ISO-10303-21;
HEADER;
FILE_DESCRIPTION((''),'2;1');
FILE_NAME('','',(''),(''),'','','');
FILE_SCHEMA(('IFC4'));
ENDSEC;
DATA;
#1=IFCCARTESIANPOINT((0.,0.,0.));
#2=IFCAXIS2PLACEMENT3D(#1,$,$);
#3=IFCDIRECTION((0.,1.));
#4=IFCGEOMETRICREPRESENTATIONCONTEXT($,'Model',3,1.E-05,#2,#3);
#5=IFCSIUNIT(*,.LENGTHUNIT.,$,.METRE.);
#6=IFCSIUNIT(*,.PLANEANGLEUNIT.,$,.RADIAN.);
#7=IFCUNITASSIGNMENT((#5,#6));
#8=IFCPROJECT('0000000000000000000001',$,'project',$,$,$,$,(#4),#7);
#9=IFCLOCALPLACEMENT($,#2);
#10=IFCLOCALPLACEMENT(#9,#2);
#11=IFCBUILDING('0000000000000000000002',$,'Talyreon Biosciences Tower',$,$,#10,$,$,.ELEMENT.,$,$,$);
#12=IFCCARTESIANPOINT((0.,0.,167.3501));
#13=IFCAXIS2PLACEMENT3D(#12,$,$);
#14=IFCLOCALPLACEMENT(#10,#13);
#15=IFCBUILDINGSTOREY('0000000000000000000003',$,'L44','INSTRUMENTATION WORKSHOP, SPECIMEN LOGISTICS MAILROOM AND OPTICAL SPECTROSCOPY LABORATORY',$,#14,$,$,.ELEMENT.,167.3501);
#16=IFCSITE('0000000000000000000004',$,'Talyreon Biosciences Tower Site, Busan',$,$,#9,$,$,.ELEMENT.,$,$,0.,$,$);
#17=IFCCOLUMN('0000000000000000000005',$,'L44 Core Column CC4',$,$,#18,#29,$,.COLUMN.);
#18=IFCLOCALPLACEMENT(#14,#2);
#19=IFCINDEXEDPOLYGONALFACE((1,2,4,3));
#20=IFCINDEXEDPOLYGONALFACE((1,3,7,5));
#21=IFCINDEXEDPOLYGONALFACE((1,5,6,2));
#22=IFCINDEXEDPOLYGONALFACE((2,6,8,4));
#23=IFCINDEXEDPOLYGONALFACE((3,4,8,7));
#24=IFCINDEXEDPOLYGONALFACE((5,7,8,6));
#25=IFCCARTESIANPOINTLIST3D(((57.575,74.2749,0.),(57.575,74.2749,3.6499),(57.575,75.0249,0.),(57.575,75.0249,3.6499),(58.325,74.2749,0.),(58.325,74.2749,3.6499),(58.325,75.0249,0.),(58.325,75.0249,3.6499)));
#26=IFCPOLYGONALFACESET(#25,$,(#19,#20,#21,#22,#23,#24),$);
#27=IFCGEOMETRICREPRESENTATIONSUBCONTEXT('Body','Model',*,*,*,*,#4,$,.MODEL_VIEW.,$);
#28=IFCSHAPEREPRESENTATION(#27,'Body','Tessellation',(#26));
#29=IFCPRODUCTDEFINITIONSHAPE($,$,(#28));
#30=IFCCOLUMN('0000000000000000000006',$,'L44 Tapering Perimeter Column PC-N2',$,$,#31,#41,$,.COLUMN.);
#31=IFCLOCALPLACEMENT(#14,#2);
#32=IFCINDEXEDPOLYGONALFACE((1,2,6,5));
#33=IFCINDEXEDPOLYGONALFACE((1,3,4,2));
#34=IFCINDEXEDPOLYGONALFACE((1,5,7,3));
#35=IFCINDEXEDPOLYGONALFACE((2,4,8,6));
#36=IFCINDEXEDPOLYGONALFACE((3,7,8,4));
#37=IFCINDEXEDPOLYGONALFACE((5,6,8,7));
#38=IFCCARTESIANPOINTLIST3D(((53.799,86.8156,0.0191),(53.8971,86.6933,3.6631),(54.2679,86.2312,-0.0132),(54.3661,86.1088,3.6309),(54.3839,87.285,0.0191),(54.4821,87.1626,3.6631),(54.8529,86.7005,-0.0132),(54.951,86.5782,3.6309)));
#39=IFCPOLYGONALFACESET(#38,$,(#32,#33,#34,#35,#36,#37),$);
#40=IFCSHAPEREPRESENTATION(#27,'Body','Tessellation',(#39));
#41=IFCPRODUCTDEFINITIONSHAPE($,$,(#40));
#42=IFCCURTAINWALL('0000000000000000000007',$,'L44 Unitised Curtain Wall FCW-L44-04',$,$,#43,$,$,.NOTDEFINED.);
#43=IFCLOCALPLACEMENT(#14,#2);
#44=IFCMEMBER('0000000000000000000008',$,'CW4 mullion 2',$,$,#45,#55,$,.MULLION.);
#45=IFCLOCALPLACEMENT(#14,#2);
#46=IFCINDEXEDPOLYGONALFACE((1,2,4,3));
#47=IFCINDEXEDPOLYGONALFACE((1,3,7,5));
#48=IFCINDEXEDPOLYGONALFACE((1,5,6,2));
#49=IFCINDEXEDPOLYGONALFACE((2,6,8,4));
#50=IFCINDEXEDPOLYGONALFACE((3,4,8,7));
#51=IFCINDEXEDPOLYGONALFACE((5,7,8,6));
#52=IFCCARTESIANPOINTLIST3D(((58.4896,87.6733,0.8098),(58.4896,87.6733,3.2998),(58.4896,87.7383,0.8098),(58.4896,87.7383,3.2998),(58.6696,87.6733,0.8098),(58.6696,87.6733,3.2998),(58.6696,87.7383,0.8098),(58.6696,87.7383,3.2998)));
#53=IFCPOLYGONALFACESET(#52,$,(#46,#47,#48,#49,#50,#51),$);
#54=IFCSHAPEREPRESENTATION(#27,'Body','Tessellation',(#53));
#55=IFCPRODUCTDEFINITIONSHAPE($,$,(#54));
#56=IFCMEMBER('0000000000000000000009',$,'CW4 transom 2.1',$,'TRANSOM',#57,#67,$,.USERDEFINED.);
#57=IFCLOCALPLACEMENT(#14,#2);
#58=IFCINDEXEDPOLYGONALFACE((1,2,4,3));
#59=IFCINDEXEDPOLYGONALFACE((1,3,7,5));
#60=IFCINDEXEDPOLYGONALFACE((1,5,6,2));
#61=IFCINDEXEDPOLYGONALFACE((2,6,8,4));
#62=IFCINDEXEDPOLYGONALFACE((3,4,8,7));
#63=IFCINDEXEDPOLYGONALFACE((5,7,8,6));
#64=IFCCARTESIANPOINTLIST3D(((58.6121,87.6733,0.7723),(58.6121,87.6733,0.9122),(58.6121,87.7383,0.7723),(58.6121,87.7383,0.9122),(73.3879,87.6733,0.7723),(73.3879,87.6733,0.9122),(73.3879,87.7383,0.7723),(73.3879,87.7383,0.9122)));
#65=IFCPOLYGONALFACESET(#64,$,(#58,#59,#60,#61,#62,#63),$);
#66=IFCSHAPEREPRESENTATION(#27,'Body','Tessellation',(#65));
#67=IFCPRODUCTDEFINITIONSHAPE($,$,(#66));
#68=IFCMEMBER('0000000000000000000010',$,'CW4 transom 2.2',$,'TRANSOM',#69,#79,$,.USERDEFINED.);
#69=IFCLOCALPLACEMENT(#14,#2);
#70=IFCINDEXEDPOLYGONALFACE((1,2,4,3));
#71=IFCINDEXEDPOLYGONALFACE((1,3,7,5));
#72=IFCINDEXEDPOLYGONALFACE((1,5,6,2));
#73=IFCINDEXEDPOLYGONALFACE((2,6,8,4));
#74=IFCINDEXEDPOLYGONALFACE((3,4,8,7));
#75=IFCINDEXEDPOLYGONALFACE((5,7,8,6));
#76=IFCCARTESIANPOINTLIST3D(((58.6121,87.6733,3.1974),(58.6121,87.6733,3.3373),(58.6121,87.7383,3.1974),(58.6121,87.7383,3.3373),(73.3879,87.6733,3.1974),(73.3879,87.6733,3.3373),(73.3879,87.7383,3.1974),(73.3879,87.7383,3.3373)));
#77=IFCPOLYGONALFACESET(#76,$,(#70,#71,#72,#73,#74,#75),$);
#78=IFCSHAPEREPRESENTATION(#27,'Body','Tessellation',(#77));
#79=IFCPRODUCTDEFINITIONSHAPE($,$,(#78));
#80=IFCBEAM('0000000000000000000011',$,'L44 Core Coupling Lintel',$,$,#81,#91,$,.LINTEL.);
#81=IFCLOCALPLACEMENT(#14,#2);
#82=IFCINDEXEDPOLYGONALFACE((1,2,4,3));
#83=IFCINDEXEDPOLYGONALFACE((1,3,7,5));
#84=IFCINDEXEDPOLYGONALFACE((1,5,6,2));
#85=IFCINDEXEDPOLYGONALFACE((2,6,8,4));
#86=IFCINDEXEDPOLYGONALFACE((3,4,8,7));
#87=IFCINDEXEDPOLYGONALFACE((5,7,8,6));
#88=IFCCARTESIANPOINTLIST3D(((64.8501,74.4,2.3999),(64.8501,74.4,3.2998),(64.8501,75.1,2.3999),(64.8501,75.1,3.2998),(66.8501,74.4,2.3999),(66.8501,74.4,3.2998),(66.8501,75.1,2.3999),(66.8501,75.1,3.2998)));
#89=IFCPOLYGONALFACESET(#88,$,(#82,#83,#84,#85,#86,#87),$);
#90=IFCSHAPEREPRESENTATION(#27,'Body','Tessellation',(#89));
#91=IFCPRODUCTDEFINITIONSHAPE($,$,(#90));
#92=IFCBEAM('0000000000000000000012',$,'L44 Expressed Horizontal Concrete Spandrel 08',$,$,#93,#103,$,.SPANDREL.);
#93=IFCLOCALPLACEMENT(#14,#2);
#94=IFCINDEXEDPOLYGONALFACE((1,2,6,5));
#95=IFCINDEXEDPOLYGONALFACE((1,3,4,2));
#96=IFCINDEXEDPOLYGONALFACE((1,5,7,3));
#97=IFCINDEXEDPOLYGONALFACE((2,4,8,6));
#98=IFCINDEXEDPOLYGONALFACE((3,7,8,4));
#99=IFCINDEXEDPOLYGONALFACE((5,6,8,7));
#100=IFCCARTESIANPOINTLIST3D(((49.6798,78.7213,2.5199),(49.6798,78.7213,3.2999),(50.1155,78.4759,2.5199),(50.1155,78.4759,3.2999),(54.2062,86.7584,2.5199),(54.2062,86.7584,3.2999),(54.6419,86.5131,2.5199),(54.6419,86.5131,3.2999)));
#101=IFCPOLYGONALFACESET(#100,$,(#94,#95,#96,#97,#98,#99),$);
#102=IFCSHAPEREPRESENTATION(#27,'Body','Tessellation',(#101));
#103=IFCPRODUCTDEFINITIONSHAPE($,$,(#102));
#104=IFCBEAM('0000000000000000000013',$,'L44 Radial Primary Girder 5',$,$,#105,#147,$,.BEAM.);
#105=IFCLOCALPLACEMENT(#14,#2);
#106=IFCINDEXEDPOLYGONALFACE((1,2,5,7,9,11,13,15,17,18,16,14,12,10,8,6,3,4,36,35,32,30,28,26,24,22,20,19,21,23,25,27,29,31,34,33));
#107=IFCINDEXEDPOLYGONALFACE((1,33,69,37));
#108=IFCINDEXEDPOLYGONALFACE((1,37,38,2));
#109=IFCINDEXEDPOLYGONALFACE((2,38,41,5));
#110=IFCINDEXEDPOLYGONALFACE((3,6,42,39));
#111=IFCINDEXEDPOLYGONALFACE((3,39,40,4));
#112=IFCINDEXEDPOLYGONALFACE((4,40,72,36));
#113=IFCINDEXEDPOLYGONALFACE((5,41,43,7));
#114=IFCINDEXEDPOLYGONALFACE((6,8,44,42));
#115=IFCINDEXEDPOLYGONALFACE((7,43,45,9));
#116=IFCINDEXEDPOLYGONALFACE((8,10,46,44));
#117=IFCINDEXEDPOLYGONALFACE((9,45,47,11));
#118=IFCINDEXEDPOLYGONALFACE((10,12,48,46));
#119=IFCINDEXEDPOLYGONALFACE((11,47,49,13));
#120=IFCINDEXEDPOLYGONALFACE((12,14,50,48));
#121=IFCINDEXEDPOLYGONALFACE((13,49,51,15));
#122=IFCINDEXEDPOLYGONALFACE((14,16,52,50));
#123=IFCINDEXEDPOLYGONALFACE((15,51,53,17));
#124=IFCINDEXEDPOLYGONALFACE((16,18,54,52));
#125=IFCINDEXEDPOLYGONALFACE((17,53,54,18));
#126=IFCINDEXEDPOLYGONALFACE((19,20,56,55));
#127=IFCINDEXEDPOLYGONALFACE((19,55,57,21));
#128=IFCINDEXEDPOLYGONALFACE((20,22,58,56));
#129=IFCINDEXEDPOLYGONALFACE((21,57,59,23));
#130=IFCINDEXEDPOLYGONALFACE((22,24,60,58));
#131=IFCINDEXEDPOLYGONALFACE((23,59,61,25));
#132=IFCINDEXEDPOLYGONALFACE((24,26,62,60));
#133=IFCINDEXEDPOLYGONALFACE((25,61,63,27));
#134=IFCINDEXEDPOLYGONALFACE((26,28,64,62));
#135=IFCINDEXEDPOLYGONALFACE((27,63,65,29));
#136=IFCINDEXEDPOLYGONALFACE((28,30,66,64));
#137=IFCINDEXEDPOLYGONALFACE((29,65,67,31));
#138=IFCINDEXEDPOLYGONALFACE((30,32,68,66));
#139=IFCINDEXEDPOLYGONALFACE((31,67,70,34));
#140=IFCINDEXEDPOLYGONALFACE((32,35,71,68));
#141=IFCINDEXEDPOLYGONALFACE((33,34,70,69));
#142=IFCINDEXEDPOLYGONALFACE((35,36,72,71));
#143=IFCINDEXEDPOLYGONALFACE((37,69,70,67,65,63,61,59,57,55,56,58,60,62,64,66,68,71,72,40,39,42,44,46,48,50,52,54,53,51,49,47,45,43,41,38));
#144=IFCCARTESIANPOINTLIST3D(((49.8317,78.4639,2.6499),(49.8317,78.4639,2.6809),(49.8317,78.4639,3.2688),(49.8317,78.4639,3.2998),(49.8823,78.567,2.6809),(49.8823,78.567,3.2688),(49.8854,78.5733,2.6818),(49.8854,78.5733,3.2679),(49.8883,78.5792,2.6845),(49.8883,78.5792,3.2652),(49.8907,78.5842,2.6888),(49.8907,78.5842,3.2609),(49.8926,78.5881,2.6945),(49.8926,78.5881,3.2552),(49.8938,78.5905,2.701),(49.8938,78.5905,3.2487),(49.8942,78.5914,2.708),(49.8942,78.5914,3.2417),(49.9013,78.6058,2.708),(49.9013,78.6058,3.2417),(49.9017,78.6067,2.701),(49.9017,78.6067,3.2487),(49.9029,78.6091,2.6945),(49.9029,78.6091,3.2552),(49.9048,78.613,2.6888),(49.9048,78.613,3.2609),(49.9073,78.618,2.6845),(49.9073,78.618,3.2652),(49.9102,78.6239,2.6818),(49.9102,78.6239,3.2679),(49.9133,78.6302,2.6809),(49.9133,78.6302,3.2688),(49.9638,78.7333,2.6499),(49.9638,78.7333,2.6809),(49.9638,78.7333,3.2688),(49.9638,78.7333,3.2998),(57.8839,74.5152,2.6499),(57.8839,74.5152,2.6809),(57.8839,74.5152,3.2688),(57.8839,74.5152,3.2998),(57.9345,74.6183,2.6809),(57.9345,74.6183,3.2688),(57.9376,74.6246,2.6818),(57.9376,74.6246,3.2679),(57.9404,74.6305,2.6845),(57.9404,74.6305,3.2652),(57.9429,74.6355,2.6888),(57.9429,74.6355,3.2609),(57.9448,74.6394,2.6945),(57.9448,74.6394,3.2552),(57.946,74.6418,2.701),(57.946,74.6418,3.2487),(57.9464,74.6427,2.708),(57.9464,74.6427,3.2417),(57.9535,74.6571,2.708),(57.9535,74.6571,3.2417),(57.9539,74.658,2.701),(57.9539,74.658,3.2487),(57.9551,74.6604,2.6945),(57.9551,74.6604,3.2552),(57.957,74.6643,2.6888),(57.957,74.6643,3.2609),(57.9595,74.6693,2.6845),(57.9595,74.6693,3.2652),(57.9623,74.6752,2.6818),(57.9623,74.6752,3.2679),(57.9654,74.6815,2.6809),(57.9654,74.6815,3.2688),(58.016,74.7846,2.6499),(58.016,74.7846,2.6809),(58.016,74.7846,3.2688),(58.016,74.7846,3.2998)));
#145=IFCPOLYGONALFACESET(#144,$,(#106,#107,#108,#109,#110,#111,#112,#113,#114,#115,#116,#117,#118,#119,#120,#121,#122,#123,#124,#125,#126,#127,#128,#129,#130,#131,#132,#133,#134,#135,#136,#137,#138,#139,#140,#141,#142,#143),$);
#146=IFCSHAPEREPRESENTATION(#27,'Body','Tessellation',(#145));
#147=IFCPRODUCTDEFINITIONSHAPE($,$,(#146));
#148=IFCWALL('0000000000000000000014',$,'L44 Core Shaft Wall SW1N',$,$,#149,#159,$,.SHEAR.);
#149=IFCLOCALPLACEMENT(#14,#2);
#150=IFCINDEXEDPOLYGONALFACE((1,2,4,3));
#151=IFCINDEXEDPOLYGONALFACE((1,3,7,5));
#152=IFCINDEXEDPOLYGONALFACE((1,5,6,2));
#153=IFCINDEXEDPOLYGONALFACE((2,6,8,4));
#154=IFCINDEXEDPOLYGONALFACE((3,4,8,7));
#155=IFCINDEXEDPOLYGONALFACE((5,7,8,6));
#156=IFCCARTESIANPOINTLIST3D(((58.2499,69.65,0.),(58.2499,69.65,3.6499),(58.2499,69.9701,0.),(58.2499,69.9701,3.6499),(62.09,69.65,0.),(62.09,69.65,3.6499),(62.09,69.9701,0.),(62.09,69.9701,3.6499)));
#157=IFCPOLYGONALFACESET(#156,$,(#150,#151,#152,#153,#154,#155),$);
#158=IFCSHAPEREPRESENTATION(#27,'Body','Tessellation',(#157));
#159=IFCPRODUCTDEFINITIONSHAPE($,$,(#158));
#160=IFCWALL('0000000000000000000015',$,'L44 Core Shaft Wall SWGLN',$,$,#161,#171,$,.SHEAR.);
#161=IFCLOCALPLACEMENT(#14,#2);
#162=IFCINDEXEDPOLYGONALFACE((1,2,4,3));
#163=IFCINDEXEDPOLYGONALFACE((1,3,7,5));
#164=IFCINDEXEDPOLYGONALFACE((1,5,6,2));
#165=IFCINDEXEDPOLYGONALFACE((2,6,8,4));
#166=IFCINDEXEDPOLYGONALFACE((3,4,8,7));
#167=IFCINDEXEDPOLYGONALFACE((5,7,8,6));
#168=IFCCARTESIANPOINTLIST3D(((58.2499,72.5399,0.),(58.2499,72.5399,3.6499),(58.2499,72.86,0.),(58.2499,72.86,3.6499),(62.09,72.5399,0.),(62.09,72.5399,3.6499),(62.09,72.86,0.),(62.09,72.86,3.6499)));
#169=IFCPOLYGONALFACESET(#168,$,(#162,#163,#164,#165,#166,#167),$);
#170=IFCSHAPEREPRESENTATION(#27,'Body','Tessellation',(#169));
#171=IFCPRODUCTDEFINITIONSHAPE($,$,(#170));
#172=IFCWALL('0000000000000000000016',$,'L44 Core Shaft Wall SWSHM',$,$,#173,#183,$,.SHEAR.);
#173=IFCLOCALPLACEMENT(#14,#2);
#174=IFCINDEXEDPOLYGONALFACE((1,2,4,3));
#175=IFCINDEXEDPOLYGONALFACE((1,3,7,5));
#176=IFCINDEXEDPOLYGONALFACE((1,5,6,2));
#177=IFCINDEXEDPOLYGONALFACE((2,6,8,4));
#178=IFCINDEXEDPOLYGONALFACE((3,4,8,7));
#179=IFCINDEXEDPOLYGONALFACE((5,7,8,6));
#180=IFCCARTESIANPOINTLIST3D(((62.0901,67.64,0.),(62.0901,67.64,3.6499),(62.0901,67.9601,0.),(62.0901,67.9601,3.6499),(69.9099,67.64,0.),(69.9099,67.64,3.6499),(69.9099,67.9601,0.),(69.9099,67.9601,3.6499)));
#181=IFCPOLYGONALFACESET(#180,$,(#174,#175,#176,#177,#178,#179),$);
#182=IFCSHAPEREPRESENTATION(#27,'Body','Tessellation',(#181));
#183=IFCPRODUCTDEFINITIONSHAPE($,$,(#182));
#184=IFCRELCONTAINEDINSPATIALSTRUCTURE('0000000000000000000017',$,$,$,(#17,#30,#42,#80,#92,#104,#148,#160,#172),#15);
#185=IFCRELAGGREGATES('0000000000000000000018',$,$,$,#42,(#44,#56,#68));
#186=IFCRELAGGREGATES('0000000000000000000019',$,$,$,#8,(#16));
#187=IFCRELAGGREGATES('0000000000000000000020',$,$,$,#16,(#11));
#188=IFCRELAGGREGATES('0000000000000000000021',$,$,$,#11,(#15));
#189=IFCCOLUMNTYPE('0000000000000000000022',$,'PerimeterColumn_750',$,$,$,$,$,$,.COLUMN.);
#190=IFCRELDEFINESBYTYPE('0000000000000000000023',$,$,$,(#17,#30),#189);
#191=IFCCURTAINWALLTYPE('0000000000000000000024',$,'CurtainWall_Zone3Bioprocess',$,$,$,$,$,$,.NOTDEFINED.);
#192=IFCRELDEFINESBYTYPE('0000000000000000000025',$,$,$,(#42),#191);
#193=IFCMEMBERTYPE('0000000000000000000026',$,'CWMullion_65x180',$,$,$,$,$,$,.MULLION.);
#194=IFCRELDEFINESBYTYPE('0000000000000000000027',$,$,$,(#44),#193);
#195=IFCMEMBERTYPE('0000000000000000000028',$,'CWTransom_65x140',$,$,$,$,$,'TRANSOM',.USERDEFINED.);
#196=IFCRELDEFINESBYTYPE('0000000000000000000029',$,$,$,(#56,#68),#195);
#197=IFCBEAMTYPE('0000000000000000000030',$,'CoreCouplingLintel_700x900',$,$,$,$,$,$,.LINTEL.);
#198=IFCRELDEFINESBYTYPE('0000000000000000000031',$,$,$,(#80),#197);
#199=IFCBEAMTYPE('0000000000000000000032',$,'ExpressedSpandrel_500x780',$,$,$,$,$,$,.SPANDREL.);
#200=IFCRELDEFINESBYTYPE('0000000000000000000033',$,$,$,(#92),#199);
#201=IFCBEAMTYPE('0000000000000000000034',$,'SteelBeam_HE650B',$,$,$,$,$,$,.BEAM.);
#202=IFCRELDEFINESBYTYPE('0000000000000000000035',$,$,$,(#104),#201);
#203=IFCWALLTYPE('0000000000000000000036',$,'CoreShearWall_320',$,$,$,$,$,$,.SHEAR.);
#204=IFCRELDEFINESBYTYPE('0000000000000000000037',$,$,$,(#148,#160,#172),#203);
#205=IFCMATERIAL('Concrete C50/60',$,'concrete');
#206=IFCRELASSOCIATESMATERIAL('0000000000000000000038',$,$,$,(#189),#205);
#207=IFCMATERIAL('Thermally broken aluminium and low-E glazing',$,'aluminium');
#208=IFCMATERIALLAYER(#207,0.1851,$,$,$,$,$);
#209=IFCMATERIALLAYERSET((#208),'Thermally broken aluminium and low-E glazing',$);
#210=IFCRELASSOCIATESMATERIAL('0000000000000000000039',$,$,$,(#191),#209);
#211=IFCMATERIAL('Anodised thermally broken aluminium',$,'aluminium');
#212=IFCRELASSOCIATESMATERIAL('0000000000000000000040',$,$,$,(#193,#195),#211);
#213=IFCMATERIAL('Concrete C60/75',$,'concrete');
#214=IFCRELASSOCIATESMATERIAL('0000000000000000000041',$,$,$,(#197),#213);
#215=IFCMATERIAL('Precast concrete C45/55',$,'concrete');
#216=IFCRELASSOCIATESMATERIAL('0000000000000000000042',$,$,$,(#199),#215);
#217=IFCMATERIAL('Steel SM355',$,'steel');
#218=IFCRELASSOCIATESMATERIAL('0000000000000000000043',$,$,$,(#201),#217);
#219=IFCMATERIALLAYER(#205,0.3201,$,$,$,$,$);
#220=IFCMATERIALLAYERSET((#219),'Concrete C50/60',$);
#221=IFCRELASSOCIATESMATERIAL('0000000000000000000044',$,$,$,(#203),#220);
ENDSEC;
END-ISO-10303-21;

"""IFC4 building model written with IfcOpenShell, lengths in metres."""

from ifc_helpers import new_model, si_unit, direction, frame, frame_2d, origin, origin_2d, place, context, subcontext, project, spatial, rectangle, i_section, extrude, material, layer, layer_set, material_profile, profile_set, type_object, element, aggregate, save


model = new_model("IFC4")

# Units and contexts
model_context = context("Model", 3, precision=1e-05, world=origin(), true_north=direction((0.0, 1.0)))
body_context = subcontext(model_context, "Body", "Model", "MODEL_VIEW")
ifc_project = project(units=[si_unit("LENGTHUNIT", "METRE"), si_unit("PLANEANGLEUNIT", "RADIAN")], contexts=[model_context])

# Site, building, storey
site_placement = place(None, origin())
site = spatial("IfcSite", under=ifc_project, at=site_placement, Name="Talyreon Biosciences Tower Site, Busan", CompositionType="ELEMENT", RefElevation=0.0)
building_placement = place(site_placement, origin())
building = spatial("IfcBuilding", under=site, at=building_placement, Name="Talyreon Biosciences Tower", CompositionType="ELEMENT")
storey_placement = place(building_placement, frame((0.0, 0.0, 167.3501)))
storey = spatial("IfcBuildingStorey", under=building, at=storey_placement, Name="L44", Description="INSTRUMENTATION WORKSHOP, SPECIMEN LOGISTICS MAILROOM AND OPTICAL SPECTROSCOPY LABORATORY", CompositionType="ELEMENT", Elevation=167.3501)

# Columns
ifc_material_1 = material(Name="Concrete C50/60", Category="concrete")
ifc_material_profile_1 = material_profile(ifc_material_1, rectangle(XDim=0.75, YDim=0.75, at=origin_2d()), Name="RC 750x750")
ifc_profile_set_1 = profile_set([ifc_material_profile_1], Name="Concrete C50/60")
column_type = type_object("IfcColumnType", Name="PerimeterColumn_750", PredefinedType="COLUMN", material=ifc_profile_set_1)
column_1_placement = place(storey_placement, frame((57.95, 74.6499, 0.0), z_axis=(0.0, 0.0, 1.0), x_axis=(1.0, 0.0, 0.0)))
element("IfcColumn", 1, at=column_1_placement, inside=storey, type_object=column_type, Name="L44 Core Column CC4", PredefinedType="COLUMN", context=body_context, shape_type="SweptSolid", body=[
    extrude(rectangle(XDim=0.75, YDim=0.75, at=origin_2d()), origin(), (0.0, 0.0, 1.0), 3.6499),
])
column_2_placement = place(storey_placement, frame((54.3259, 86.7581, 0.0029), z_axis=(0.026908, -0.033535, 0.999075), x_axis=(-0.779957, -0.625834, 0.0)))
element("IfcColumn", 2, at=column_2_placement, inside=storey, type_object=column_type, Name="L44 Tapering Perimeter Column PC-N2", PredefinedType="COLUMN", context=body_context, shape_type="SweptSolid", body=[
    extrude(rectangle(XDim=0.75, YDim=0.75, at=origin_2d()), origin(), (0.0, 0.0, 1.0), 3.6475),
])

# Curtain wall, members
ifc_material_2 = material(Name="Thermally broken aluminium and low-E glazing", Category="aluminium")
ifc_layer_1 = layer(ifc_material_2, 0.1851)
ifc_layer_set_1 = layer_set([ifc_layer_1], Name="Thermally broken aluminium and low-E glazing")
curtain_wall_type = type_object("IfcCurtainWallType", Name="CurtainWall_Zone3Bioprocess", PredefinedType="NOTDEFINED", material=ifc_layer_set_1)
curtain_wall_placement = place(storey_placement, origin())
curtain_wall = element("IfcCurtainWall", 3, at=curtain_wall_placement, inside=storey, type_object=curtain_wall_type, Name="L44 Unitised Curtain Wall FCW-L44-04", PredefinedType="NOTDEFINED")
ifc_material_3 = material(Name="Anodised thermally broken aluminium", Category="aluminium")
ifc_material_profile_2 = material_profile(ifc_material_3, rectangle(XDim=0.0649, YDim=0.1799, at=origin_2d()), Name="ALUM MULLION 65x180")
ifc_profile_set_2 = profile_set([ifc_material_profile_2], Name="Anodised thermally broken aluminium")
member_type_1 = type_object("IfcMemberType", Name="CWMullion_65x180", PredefinedType="MULLION", material=ifc_profile_set_2)
member_1_placement = place(storey_placement, frame((58.5796, 87.7058, 0.8098), z_axis=(0.0, 0.0, 1.0), x_axis=(0.0, 1.0, 0.0)))
member_1 = element("IfcMember", 4, at=member_1_placement, type_object=member_type_1, Name="CW4 mullion 2", PredefinedType="MULLION", context=body_context, shape_type="SweptSolid", body=[
    extrude(rectangle(XDim=0.0649, YDim=0.1799, at=origin_2d()), origin(), (0.0, 0.0, 1.0), 2.49),
])
ifc_material_profile_3 = material_profile(ifc_material_3, rectangle(XDim=0.0649, YDim=0.1399, at=origin_2d()), Name="ALUM TRANSOM 65x140")
ifc_profile_set_3 = profile_set([ifc_material_profile_3], Name="Anodised thermally broken aluminium")
member_type_2 = type_object("IfcMemberType", Name="CWTransom_65x140", ElementType="TRANSOM", PredefinedType="USERDEFINED", material=ifc_profile_set_3)
member_2_placement = place(storey_placement, frame((58.6121, 87.7058, 0.8423), z_axis=(1.0, 0.0, 0.0), x_axis=(0.0, 1.0, 0.0)))
member_2 = element("IfcMember", 5, at=member_2_placement, type_object=member_type_2, Name="CW4 transom 2.1", ObjectType="TRANSOM", PredefinedType="USERDEFINED", context=body_context, shape_type="SweptSolid", body=[
    extrude(rectangle(XDim=0.0649, YDim=0.1399, at=origin_2d()), origin(), (0.0, 0.0, 1.0), 14.7759),
])
member_3_placement = place(storey_placement, frame((58.6121, 87.7058, 3.2673), z_axis=(1.0, 0.0, 0.0), x_axis=(0.0, 1.0, 0.0)))
member_3 = element("IfcMember", 6, at=member_3_placement, type_object=member_type_2, Name="CW4 transom 2.2", ObjectType="TRANSOM", PredefinedType="USERDEFINED", context=body_context, shape_type="SweptSolid", body=[
    extrude(rectangle(XDim=0.0649, YDim=0.1399, at=origin_2d()), origin(), (0.0, 0.0, 1.0), 14.7759),
])
aggregate(curtain_wall, [member_1, member_2, member_3])

# Beams
ifc_material_4 = material(Name="Concrete C60/75", Category="concrete")
ifc_material_profile_4 = material_profile(ifc_material_4, rectangle(XDim=0.7, YDim=0.8999, at=origin_2d()), Name="RCB 700x900")
ifc_profile_set_4 = profile_set([ifc_material_profile_4], Name="Concrete C60/75")
beam_type_1 = type_object("IfcBeamType", Name="CoreCouplingLintel_700x900", PredefinedType="LINTEL", material=ifc_profile_set_4)
beam_1_placement = place(storey_placement, frame((64.8501, 74.75, 2.8499), z_axis=(1.0, 0.0, 0.0), x_axis=(0.0, 1.0, 0.0)))
element("IfcBeam", 7, at=beam_1_placement, inside=storey, type_object=beam_type_1, Name="L44 Core Coupling Lintel", PredefinedType="LINTEL", context=body_context, shape_type="SweptSolid", body=[
    extrude(rectangle(XDim=0.7, YDim=0.8999, at=origin_2d()), origin(), (0.0, 0.0, 1.0), 2.0),
])
ifc_material_5 = material(Name="Precast concrete C45/55", Category="concrete")
ifc_material_profile_5 = material_profile(ifc_material_5, rectangle(XDim=0.5, YDim=0.78, at=origin_2d()), Name="RCB 500x780")
ifc_profile_set_5 = profile_set([ifc_material_profile_5], Name="Precast concrete C45/55")
beam_type_2 = type_object("IfcBeamType", Name="ExpressedSpandrel_500x780", PredefinedType="SPANDREL", material=ifc_profile_set_5)
beam_2_placement = place(storey_placement, frame((54.4241, 86.6357, 2.9099), z_axis=(-0.490714, -0.871321, 0.0), x_axis=(0.871321, -0.490714, 0.0)))
element("IfcBeam", 8, at=beam_2_placement, inside=storey, type_object=beam_type_2, Name="L44 Expressed Horizontal Concrete Spandrel 08", PredefinedType="SPANDREL", context=body_context, shape_type="SweptSolid", body=[
    extrude(rectangle(XDim=0.5, YDim=0.78, at=origin_2d()), origin(), (0.0, 0.0, 1.0), 9.2241),
])
ifc_material_6 = material(Name="Steel SM355", Category="steel")
ifc_material_profile_6 = material_profile(ifc_material_6, i_section(OverallWidth=0.3, OverallDepth=0.6499, WebThickness=0.0161, FlangeThickness=0.031, FilletRadius=0.0271, at=origin_2d()), Name="HE650B")
ifc_profile_set_6 = profile_set([ifc_material_profile_6], Name="Steel SM355")
beam_type_3 = type_object("IfcBeamType", Name="SteelBeam_HE650B", PredefinedType="BEAM", material=ifc_profile_set_6)
beam_3_placement = place(storey_placement, frame((57.95, 74.6499, 2.9749), z_axis=(-0.897852, 0.440297, 0.0), x_axis=(-0.440297, -0.897852, 0.0)))
element("IfcBeam", 9, at=beam_3_placement, inside=storey, type_object=beam_type_3, Name="L44 Radial Primary Girder 5", PredefinedType="BEAM", context=body_context, shape_type="SweptSolid", body=[
    extrude(i_section(OverallWidth=0.3, OverallDepth=0.6499, WebThickness=0.0161, FlangeThickness=0.031, FilletRadius=0.0271, at=origin_2d()), origin(), (0.0, 0.0, 1.0), 8.9683),
])

# Walls
ifc_layer_2 = layer(ifc_material_1, 0.3201)
ifc_layer_set_2 = layer_set([ifc_layer_2], Name="Concrete C50/60")
wall_type_1 = type_object("IfcWallType", Name="CoreShearWall_320", PredefinedType="SHEAR", material=ifc_layer_set_2)
for number, where, z_axis, x_axis, name in (
    (10, (58.25, 69.8101, 0.0), (0.0, 0.0, 1.0), (1.0, 0.0, 0.0), "L44 Core Shaft Wall SW1N"),
    (11, (58.25, 72.7, 0.0), (0.0, 0.0, 1.0), (1.0, 0.0, 0.0), "L44 Core Shaft Wall SWGLN"),
):
    element("IfcWall", number, at=place(storey_placement, frame(where, z_axis=z_axis, x_axis=x_axis)), inside=storey, type_object=wall_type_1, Name=name, PredefinedType="SHEAR", context=body_context, shape_type="SweptSolid", body=[
        extrude(rectangle(XDim=3.8401, YDim=0.3201, at=frame_2d((1.9199, 0.0))), origin(), (0.0, 0.0, 1.0), 3.6499),
    ])
wall_1_placement = place(storey_placement, frame((62.0901, 67.8, 0.0), z_axis=(0.0, 0.0, 1.0), x_axis=(1.0, 0.0, 0.0)))
element("IfcWall", 12, at=wall_1_placement, inside=storey, type_object=wall_type_1, Name="L44 Core Shaft Wall SWSHM", PredefinedType="SHEAR", context=body_context, shape_type="SweptSolid", body=[
    extrude(rectangle(XDim=7.8198, YDim=0.3201, at=frame_2d((3.9099, 0.0))), origin(), (0.0, 0.0, 1.0), 3.6499),
])

save(model, "model.ifc")
